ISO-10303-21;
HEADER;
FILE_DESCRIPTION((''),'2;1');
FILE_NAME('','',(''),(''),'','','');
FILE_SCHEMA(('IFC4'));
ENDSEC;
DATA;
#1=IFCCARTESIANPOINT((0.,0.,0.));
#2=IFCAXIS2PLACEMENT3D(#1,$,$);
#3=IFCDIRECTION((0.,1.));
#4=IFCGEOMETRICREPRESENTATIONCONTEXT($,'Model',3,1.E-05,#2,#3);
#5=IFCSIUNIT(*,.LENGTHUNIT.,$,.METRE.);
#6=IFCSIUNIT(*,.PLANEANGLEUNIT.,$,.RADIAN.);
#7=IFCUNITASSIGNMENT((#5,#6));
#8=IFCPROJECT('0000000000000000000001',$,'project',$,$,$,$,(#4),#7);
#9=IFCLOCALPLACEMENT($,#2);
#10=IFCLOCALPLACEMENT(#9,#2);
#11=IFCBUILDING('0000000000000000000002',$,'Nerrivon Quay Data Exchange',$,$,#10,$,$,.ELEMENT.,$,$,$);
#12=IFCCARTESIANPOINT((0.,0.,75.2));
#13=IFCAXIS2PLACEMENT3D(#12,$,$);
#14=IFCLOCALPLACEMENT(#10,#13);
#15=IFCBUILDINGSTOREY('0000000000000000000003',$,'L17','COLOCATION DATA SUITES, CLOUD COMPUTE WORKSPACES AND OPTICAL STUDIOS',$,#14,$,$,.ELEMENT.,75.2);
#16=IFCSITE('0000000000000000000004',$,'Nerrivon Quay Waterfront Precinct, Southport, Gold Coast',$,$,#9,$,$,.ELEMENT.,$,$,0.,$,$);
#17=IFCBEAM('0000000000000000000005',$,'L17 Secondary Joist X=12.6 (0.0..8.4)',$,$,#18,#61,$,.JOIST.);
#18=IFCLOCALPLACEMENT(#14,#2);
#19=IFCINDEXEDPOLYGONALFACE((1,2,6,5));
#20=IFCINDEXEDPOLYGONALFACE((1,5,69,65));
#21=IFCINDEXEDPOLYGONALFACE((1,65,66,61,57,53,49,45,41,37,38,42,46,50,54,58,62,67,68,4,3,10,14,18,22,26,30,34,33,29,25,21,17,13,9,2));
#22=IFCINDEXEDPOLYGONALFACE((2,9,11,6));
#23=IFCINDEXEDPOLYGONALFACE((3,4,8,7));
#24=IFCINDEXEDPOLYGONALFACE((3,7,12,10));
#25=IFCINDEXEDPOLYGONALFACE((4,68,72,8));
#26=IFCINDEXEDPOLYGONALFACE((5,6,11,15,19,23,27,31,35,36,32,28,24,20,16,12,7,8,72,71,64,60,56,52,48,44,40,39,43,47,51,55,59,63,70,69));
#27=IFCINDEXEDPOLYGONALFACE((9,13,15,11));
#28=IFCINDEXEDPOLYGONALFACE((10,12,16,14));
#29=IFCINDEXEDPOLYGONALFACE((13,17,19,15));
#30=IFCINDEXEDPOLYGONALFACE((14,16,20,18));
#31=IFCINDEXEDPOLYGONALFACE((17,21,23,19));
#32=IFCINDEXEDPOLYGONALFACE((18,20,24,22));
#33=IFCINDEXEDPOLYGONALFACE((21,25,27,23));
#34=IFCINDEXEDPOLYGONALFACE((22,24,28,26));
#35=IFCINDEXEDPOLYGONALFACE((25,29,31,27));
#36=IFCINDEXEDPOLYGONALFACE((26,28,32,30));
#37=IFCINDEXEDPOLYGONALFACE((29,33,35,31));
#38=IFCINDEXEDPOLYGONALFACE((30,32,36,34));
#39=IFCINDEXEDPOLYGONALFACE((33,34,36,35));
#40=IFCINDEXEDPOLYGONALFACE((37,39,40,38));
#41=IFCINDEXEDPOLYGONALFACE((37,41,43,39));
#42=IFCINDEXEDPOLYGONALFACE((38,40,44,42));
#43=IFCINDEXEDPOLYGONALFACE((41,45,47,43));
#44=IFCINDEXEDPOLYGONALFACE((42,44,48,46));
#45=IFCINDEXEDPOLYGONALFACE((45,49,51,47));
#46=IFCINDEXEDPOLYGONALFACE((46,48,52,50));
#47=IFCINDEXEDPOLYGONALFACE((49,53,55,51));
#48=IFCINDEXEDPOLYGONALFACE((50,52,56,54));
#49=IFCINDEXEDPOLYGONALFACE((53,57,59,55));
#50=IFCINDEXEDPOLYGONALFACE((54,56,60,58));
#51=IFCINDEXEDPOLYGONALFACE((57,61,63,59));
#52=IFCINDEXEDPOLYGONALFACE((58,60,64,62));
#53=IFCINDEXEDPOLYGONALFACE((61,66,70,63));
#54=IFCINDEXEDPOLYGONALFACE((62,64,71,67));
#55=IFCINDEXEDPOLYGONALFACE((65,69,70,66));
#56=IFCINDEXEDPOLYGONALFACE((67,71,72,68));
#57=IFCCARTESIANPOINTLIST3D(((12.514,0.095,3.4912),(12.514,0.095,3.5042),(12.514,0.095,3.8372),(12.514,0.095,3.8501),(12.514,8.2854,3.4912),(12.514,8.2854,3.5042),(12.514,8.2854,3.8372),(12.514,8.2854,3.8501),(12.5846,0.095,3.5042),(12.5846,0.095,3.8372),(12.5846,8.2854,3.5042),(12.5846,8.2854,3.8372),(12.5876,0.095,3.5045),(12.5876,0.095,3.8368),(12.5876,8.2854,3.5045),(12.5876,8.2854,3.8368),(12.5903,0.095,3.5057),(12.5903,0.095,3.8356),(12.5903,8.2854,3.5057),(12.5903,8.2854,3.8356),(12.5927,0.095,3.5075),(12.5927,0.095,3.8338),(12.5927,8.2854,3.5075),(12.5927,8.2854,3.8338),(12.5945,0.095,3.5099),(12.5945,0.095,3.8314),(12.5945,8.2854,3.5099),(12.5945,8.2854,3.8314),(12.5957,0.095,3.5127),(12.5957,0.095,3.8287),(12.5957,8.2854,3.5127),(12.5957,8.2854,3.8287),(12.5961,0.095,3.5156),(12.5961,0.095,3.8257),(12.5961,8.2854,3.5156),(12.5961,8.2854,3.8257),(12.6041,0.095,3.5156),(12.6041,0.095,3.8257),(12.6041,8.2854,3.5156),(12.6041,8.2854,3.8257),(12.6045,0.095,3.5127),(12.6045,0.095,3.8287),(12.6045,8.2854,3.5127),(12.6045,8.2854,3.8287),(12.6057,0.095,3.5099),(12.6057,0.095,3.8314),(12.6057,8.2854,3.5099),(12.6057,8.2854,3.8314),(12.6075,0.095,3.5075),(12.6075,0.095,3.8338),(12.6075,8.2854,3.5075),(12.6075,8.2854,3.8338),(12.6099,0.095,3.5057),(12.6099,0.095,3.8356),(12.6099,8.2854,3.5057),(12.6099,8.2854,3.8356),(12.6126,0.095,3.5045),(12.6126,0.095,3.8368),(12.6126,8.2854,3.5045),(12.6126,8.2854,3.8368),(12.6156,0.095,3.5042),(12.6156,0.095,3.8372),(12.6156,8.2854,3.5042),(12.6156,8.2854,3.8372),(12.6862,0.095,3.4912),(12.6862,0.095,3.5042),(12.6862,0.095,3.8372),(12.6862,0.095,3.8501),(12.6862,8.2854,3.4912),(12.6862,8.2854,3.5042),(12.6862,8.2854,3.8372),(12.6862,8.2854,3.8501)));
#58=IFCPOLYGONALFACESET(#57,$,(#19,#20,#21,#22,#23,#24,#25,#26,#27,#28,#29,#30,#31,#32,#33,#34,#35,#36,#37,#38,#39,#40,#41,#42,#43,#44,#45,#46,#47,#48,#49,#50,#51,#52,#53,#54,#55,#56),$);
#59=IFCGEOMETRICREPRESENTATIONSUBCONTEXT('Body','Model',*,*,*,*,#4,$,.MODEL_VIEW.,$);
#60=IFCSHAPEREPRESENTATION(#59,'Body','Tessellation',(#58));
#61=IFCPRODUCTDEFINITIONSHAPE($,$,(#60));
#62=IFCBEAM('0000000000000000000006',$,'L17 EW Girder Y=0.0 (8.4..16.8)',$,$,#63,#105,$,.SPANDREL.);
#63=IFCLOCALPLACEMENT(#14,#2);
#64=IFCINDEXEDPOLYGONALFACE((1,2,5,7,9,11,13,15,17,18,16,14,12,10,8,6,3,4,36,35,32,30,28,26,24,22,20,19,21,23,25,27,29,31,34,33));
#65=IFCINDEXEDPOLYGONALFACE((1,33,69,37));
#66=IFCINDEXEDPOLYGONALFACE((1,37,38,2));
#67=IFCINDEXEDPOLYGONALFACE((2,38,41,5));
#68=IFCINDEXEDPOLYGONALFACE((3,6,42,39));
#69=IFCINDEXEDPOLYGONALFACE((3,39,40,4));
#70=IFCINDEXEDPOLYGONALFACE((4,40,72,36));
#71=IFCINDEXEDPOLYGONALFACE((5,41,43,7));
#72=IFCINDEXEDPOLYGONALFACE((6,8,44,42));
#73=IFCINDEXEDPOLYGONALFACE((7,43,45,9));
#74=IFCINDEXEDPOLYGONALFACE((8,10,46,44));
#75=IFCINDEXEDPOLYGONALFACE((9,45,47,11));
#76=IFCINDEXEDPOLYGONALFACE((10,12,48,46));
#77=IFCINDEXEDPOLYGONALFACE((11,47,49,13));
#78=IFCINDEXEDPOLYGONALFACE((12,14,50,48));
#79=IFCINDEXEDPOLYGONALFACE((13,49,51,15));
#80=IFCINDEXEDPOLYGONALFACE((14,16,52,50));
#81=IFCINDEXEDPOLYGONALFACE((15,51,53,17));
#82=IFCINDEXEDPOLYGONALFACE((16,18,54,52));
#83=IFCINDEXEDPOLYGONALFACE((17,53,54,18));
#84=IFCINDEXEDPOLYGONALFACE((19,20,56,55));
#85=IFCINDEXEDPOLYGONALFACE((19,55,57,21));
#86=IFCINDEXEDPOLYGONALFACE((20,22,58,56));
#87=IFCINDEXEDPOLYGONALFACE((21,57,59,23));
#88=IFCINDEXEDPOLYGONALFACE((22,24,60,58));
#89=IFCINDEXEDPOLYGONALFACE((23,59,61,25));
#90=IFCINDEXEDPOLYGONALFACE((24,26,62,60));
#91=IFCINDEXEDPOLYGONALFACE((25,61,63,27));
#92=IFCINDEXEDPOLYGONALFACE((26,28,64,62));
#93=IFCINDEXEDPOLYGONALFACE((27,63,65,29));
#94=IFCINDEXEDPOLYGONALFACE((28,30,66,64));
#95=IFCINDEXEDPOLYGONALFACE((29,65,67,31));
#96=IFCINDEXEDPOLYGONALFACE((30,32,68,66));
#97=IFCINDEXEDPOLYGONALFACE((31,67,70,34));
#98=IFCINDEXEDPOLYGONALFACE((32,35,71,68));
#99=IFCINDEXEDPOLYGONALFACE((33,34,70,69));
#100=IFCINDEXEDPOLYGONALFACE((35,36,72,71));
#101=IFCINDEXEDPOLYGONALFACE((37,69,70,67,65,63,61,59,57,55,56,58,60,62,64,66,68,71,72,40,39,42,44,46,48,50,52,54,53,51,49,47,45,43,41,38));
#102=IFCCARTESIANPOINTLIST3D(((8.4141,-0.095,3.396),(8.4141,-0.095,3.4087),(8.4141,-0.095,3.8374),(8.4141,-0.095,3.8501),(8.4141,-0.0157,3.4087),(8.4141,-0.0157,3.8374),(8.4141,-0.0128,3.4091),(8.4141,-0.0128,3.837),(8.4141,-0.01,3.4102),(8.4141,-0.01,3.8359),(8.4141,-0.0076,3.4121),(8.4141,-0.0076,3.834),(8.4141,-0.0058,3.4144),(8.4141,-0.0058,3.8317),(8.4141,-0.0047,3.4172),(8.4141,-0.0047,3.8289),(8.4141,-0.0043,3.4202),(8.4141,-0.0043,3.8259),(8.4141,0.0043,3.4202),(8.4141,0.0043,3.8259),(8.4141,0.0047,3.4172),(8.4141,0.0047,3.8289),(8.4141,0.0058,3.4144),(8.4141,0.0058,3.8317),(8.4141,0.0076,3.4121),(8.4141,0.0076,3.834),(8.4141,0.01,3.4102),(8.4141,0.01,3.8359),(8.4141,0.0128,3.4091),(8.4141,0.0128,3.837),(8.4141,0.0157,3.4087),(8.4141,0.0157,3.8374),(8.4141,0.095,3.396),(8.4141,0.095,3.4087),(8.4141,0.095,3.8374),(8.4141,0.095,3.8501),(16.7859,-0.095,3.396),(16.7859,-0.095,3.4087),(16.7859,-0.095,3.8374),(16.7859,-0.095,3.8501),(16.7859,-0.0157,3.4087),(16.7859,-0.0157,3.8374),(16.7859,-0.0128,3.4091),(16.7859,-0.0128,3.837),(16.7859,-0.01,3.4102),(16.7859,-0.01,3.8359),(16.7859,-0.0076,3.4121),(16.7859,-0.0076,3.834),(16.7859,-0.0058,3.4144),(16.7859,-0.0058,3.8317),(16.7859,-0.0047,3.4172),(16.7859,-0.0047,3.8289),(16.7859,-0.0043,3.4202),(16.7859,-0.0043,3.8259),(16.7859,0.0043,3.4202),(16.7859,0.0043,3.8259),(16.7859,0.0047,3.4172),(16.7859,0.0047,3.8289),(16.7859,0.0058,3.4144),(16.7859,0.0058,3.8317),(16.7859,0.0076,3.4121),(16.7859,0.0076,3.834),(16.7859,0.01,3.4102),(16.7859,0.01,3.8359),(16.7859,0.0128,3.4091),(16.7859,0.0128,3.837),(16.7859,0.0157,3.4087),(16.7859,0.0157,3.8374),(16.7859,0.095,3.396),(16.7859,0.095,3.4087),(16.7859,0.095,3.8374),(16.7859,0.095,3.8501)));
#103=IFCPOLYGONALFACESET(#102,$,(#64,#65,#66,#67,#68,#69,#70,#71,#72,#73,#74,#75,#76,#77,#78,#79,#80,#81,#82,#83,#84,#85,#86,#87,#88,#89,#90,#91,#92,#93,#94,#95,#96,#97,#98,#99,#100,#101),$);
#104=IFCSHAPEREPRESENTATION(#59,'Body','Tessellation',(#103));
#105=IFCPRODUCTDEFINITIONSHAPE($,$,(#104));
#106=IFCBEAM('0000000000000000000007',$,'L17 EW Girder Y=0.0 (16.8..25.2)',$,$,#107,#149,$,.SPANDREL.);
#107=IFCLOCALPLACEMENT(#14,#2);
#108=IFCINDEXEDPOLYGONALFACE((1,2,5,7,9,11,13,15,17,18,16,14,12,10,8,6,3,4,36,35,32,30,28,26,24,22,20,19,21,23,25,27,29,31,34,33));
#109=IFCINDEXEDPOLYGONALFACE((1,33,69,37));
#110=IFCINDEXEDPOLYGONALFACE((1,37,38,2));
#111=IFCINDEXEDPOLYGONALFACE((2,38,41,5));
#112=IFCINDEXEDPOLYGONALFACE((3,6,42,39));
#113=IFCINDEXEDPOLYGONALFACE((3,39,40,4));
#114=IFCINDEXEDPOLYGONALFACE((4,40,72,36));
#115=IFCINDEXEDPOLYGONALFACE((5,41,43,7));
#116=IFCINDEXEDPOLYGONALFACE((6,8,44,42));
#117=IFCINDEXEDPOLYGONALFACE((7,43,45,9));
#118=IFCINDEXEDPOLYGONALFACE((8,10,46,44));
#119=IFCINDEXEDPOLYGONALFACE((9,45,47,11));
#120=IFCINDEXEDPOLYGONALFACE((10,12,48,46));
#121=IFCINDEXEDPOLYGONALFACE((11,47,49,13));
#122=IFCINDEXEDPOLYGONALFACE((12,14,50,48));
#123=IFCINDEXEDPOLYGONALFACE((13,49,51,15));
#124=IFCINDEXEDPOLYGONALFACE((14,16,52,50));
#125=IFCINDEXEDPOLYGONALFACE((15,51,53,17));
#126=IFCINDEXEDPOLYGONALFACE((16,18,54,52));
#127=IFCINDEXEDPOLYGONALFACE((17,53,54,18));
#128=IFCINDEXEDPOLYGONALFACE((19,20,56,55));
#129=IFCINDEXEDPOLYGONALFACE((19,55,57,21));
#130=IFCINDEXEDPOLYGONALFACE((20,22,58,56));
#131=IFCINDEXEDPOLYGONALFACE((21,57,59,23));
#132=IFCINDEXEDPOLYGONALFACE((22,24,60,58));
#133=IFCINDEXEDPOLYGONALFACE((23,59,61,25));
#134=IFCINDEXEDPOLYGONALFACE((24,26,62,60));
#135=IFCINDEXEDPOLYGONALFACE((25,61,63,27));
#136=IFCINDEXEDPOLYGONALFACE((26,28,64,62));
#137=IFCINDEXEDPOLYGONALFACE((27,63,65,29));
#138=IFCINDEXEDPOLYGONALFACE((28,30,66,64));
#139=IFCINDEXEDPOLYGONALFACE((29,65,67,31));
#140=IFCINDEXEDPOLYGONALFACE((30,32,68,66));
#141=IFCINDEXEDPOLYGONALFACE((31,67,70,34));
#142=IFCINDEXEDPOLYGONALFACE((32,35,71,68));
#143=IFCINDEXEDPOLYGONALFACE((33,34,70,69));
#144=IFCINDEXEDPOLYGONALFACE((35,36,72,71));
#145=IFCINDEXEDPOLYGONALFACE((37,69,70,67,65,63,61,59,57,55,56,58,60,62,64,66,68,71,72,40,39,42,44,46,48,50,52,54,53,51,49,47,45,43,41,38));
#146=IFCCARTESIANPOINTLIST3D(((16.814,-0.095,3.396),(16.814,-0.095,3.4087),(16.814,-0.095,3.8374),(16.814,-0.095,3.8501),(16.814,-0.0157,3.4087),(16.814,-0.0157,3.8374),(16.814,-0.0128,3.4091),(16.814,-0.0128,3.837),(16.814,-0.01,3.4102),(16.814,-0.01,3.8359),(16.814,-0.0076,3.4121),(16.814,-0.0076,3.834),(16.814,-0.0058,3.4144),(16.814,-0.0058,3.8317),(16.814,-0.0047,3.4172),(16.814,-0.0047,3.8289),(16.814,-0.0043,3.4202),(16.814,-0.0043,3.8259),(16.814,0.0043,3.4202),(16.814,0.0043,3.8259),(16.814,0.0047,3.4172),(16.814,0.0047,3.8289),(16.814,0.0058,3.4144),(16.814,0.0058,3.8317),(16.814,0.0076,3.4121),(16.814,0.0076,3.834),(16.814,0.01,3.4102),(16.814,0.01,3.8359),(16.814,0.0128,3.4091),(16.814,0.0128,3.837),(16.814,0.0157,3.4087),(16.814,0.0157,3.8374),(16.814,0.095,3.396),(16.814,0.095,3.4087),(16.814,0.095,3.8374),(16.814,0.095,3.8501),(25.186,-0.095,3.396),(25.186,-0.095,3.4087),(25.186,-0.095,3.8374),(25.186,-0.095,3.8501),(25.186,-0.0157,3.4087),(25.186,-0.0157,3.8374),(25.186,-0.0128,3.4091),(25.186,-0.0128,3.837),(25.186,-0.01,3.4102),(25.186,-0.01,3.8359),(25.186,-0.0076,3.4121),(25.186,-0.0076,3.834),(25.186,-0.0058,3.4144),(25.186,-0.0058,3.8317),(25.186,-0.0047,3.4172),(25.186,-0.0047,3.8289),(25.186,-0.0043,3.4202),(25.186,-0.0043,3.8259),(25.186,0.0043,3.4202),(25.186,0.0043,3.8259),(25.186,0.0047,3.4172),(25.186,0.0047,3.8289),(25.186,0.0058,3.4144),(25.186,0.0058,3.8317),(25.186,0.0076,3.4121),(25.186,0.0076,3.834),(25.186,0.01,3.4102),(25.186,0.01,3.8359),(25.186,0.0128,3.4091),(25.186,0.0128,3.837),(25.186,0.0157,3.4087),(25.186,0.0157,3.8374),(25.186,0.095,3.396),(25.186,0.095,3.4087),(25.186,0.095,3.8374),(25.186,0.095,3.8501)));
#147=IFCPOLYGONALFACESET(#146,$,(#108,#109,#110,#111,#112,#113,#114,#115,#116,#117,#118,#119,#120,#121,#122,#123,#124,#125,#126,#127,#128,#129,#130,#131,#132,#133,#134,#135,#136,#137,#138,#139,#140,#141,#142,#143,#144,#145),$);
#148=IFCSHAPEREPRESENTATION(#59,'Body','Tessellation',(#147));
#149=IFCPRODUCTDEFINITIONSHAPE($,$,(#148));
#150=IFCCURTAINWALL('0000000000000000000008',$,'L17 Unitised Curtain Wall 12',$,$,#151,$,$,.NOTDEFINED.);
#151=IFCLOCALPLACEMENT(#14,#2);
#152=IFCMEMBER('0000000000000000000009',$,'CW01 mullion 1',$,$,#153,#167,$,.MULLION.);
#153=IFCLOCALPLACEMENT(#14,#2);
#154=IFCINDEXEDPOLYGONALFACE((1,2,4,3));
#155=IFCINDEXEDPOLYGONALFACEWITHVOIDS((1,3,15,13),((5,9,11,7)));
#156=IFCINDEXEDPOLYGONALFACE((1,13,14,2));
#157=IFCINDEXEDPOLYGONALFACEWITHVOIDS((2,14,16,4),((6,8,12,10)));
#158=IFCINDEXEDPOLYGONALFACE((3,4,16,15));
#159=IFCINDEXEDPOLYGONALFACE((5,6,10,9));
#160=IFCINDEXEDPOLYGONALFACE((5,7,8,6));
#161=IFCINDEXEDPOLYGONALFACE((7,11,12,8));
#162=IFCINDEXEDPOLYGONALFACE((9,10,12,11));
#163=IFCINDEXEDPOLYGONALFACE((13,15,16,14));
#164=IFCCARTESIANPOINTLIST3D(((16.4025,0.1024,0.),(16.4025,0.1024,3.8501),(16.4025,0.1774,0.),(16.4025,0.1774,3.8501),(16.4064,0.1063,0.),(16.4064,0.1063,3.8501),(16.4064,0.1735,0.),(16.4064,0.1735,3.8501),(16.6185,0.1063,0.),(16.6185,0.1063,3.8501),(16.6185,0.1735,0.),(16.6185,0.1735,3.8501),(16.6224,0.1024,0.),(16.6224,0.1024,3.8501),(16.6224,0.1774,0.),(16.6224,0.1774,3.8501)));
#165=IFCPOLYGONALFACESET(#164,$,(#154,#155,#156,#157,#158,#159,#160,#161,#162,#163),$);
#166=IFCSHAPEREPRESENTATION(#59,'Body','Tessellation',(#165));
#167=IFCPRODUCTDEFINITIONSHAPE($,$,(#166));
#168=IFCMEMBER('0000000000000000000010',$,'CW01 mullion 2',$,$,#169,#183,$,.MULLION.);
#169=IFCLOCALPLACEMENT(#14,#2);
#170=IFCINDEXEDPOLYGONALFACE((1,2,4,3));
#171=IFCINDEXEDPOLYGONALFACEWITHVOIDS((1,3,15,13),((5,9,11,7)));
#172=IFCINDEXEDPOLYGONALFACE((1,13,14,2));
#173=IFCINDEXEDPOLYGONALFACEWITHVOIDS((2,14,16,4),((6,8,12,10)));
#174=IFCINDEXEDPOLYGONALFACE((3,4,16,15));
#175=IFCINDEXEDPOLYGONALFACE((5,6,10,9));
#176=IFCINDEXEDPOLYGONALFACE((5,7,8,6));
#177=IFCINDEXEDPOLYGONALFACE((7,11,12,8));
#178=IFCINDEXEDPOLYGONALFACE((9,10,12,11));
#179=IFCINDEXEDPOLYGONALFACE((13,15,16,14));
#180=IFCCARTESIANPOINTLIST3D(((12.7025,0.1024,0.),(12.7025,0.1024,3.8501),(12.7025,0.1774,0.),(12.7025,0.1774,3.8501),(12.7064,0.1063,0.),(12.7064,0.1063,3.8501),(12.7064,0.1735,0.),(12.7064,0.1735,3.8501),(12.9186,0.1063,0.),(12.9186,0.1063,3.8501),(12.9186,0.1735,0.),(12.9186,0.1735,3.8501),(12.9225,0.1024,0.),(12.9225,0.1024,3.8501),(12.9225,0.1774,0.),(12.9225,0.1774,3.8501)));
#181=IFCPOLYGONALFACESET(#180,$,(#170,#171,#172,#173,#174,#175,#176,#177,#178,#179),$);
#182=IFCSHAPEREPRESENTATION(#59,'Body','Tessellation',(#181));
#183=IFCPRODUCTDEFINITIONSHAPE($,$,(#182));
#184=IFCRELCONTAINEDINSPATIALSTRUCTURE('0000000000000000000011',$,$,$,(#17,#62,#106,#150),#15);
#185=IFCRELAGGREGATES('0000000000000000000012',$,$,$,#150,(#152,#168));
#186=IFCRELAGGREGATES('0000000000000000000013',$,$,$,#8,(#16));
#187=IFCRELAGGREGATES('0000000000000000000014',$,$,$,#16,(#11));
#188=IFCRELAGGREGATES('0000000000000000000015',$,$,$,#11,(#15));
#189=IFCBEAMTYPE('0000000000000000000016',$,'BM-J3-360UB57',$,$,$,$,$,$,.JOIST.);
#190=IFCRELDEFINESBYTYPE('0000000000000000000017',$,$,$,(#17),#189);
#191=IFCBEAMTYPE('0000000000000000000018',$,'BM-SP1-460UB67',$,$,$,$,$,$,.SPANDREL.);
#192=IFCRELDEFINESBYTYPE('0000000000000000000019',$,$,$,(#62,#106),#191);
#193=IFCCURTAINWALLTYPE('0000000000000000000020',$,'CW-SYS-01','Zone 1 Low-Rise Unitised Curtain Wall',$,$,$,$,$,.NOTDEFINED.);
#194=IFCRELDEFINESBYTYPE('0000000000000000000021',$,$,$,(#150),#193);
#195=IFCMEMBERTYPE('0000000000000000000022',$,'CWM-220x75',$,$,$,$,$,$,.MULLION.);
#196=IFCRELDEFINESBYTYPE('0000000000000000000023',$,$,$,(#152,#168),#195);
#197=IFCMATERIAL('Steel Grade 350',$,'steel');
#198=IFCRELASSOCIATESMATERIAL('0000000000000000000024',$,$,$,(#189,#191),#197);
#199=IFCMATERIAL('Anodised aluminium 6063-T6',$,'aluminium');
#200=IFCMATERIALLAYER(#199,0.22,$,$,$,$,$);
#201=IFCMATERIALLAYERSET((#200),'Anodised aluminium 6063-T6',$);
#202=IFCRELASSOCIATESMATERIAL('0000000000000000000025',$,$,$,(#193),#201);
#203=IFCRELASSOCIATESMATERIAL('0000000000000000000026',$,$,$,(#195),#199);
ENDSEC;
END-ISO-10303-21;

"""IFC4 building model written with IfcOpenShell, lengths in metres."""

from ifc_helpers import new_model, si_unit, direction, frame, origin, origin_2d, place, context, subcontext, project, spatial, hollow_rectangle, i_section, extrude, material, layer, layer_set, material_profile, profile_set, type_object, element, aggregate, save


model = new_model("IFC4")

# Units and contexts
model_context = context("Model", 3, precision=1e-05, world=origin(), true_north=direction((0.0, 1.0)))
body_context = subcontext(model_context, "Body", "Model", "MODEL_VIEW")
ifc_project = project(units=[si_unit("LENGTHUNIT", "METRE"), si_unit("PLANEANGLEUNIT", "RADIAN")], contexts=[model_context])

# Site, building, storey
site_placement = place(None, origin())
site = spatial("IfcSite", under=ifc_project, at=site_placement, Name="Nerrivon Quay Waterfront Precinct, Southport, Gold Coast", CompositionType="ELEMENT", RefElevation=0.0)
building_placement = place(site_placement, origin())
building = spatial("IfcBuilding", under=site, at=building_placement, Name="Nerrivon Quay Data Exchange", CompositionType="ELEMENT")
storey_placement = place(building_placement, frame((0.0, 0.0, 75.2)))
storey = spatial("IfcBuildingStorey", under=building, at=storey_placement, Name="L17", Description="COLOCATION DATA SUITES, CLOUD COMPUTE WORKSPACES AND OPTICAL STUDIOS", CompositionType="ELEMENT", Elevation=75.2)

# Shared definitions
ifc_material_1 = material(Name="Steel Grade 350", Category="steel")

# Beams
ifc_material_profile_1 = material_profile(ifc_material_1, i_section(OverallWidth=0.1721, OverallDepth=0.3589, WebThickness=0.0081, FlangeThickness=0.0129, FilletRadius=0.0115, at=origin_2d()), Name="360UB56.7")
ifc_profile_set_1 = profile_set([ifc_material_profile_1], Name="Steel Grade 350")
beam_type_1 = type_object("IfcBeamType", Name="BM-J3-360UB57", PredefinedType="JOIST", material=ifc_profile_set_1)
beam_1_placement = place(storey_placement, frame((12.6001, 0.095, 3.6707), z_axis=(0.0, 1.0, 0.0), x_axis=(-1.0, 0.0, 0.0)))
element("IfcBeam", 1, at=beam_1_placement, inside=storey, type_object=beam_type_1, Name="L17 Secondary Joist X=12.6 (0.0..8.4)", PredefinedType="JOIST", context=body_context, shape_type="SweptSolid", body=[
    extrude(i_section(OverallWidth=0.1721, OverallDepth=0.3589, WebThickness=0.0081, FlangeThickness=0.0129, FilletRadius=0.0115, at=origin_2d()), origin(), (0.0, 0.0, 1.0), 8.1904),
])
ifc_material_profile_2 = material_profile(ifc_material_1, i_section(OverallWidth=0.1899, OverallDepth=0.4541, WebThickness=0.0085, FlangeThickness=0.0127, FilletRadius=0.0115, at=origin_2d()), Name="460UB67.1")
ifc_profile_set_2 = profile_set([ifc_material_profile_2], Name="Steel Grade 350")
beam_type_2 = type_object("IfcBeamType", Name="BM-SP1-460UB67", PredefinedType="SPANDREL", material=ifc_profile_set_2)
beam_2_placement = place(storey_placement, frame((8.4141, 0.0, 3.623), z_axis=(1.0, 0.0, 0.0), x_axis=(0.0, 1.0, 0.0)))
element("IfcBeam", 2, at=beam_2_placement, inside=storey, type_object=beam_type_2, Name="L17 EW Girder Y=0.0 (8.4..16.8)", PredefinedType="SPANDREL", context=body_context, shape_type="SweptSolid", body=[
    extrude(i_section(OverallWidth=0.1899, OverallDepth=0.4541, WebThickness=0.0085, FlangeThickness=0.0127, FilletRadius=0.0115, at=origin_2d()), origin(), (0.0, 0.0, 1.0), 8.3718),
])
beam_3_placement = place(storey_placement, frame((16.814, 0.0, 3.623), z_axis=(1.0, 0.0, 0.0), x_axis=(0.0, 1.0, 0.0)))
element("IfcBeam", 3, at=beam_3_placement, inside=storey, type_object=beam_type_2, Name="L17 EW Girder Y=0.0 (16.8..25.2)", PredefinedType="SPANDREL", context=body_context, shape_type="SweptSolid", body=[
    extrude(i_section(OverallWidth=0.1899, OverallDepth=0.4541, WebThickness=0.0085, FlangeThickness=0.0127, FilletRadius=0.0115, at=origin_2d()), origin(), (0.0, 0.0, 1.0), 8.3721),
])

# Curtain wall, members
ifc_material_2 = material(Name="Anodised aluminium 6063-T6", Category="aluminium")
ifc_layer_1 = layer(ifc_material_2, 0.22)
ifc_layer_set_1 = layer_set([ifc_layer_1], Name="Anodised aluminium 6063-T6")
curtain_wall_type = type_object("IfcCurtainWallType", Name="CW-SYS-01", Description="Zone 1 Low-Rise Unitised Curtain Wall", PredefinedType="NOTDEFINED", material=ifc_layer_set_1)
curtain_wall_1_placement = place(storey_placement, origin())
curtain_wall_1 = element("IfcCurtainWall", 4, at=curtain_wall_1_placement, inside=storey, type_object=curtain_wall_type, Name="L17 Unitised Curtain Wall 12", PredefinedType="NOTDEFINED")
ifc_material_profile_3 = material_profile(ifc_material_2, hollow_rectangle(XDim=0.075, YDim=0.22, WallThickness=0.0039, at=origin_2d()), Name="ALU-MULL-220x75")
ifc_profile_set_3 = profile_set([ifc_material_profile_3], Name="Anodised aluminium 6063-T6")
member_type_1 = type_object("IfcMemberType", Name="CWM-220x75", PredefinedType="MULLION", material=ifc_profile_set_3)
member_1_placement = place(storey_placement, frame((16.5125, 0.1399, 0.0), z_axis=(0.0, 0.0, 1.0), x_axis=(0.0, -1.0, 0.0)))
member_1 = element("IfcMember", 5, at=member_1_placement, type_object=member_type_1, Name="CW01 mullion 1", PredefinedType="MULLION", context=body_context, shape_type="SweptSolid", body=[
    extrude(hollow_rectangle(XDim=0.075, YDim=0.22, WallThickness=0.0039, at=origin_2d()), origin(), (0.0, 0.0, 1.0), 3.8501),
])
member_2_placement = place(storey_placement, frame((12.8125, 0.1399, 0.0), z_axis=(0.0, 0.0, 1.0), x_axis=(0.0, -1.0, 0.0)))
member_2 = element("IfcMember", 6, at=member_2_placement, type_object=member_type_1, Name="CW01 mullion 2", PredefinedType="MULLION", context=body_context, shape_type="SweptSolid", body=[
    extrude(hollow_rectangle(XDim=0.075, YDim=0.22, WallThickness=0.0039, at=origin_2d()), origin(), (0.0, 0.0, 1.0), 3.8501),
])

aggregate(curtain_wall_1, [member_1, member_2])

save(model, "model.ifc")
